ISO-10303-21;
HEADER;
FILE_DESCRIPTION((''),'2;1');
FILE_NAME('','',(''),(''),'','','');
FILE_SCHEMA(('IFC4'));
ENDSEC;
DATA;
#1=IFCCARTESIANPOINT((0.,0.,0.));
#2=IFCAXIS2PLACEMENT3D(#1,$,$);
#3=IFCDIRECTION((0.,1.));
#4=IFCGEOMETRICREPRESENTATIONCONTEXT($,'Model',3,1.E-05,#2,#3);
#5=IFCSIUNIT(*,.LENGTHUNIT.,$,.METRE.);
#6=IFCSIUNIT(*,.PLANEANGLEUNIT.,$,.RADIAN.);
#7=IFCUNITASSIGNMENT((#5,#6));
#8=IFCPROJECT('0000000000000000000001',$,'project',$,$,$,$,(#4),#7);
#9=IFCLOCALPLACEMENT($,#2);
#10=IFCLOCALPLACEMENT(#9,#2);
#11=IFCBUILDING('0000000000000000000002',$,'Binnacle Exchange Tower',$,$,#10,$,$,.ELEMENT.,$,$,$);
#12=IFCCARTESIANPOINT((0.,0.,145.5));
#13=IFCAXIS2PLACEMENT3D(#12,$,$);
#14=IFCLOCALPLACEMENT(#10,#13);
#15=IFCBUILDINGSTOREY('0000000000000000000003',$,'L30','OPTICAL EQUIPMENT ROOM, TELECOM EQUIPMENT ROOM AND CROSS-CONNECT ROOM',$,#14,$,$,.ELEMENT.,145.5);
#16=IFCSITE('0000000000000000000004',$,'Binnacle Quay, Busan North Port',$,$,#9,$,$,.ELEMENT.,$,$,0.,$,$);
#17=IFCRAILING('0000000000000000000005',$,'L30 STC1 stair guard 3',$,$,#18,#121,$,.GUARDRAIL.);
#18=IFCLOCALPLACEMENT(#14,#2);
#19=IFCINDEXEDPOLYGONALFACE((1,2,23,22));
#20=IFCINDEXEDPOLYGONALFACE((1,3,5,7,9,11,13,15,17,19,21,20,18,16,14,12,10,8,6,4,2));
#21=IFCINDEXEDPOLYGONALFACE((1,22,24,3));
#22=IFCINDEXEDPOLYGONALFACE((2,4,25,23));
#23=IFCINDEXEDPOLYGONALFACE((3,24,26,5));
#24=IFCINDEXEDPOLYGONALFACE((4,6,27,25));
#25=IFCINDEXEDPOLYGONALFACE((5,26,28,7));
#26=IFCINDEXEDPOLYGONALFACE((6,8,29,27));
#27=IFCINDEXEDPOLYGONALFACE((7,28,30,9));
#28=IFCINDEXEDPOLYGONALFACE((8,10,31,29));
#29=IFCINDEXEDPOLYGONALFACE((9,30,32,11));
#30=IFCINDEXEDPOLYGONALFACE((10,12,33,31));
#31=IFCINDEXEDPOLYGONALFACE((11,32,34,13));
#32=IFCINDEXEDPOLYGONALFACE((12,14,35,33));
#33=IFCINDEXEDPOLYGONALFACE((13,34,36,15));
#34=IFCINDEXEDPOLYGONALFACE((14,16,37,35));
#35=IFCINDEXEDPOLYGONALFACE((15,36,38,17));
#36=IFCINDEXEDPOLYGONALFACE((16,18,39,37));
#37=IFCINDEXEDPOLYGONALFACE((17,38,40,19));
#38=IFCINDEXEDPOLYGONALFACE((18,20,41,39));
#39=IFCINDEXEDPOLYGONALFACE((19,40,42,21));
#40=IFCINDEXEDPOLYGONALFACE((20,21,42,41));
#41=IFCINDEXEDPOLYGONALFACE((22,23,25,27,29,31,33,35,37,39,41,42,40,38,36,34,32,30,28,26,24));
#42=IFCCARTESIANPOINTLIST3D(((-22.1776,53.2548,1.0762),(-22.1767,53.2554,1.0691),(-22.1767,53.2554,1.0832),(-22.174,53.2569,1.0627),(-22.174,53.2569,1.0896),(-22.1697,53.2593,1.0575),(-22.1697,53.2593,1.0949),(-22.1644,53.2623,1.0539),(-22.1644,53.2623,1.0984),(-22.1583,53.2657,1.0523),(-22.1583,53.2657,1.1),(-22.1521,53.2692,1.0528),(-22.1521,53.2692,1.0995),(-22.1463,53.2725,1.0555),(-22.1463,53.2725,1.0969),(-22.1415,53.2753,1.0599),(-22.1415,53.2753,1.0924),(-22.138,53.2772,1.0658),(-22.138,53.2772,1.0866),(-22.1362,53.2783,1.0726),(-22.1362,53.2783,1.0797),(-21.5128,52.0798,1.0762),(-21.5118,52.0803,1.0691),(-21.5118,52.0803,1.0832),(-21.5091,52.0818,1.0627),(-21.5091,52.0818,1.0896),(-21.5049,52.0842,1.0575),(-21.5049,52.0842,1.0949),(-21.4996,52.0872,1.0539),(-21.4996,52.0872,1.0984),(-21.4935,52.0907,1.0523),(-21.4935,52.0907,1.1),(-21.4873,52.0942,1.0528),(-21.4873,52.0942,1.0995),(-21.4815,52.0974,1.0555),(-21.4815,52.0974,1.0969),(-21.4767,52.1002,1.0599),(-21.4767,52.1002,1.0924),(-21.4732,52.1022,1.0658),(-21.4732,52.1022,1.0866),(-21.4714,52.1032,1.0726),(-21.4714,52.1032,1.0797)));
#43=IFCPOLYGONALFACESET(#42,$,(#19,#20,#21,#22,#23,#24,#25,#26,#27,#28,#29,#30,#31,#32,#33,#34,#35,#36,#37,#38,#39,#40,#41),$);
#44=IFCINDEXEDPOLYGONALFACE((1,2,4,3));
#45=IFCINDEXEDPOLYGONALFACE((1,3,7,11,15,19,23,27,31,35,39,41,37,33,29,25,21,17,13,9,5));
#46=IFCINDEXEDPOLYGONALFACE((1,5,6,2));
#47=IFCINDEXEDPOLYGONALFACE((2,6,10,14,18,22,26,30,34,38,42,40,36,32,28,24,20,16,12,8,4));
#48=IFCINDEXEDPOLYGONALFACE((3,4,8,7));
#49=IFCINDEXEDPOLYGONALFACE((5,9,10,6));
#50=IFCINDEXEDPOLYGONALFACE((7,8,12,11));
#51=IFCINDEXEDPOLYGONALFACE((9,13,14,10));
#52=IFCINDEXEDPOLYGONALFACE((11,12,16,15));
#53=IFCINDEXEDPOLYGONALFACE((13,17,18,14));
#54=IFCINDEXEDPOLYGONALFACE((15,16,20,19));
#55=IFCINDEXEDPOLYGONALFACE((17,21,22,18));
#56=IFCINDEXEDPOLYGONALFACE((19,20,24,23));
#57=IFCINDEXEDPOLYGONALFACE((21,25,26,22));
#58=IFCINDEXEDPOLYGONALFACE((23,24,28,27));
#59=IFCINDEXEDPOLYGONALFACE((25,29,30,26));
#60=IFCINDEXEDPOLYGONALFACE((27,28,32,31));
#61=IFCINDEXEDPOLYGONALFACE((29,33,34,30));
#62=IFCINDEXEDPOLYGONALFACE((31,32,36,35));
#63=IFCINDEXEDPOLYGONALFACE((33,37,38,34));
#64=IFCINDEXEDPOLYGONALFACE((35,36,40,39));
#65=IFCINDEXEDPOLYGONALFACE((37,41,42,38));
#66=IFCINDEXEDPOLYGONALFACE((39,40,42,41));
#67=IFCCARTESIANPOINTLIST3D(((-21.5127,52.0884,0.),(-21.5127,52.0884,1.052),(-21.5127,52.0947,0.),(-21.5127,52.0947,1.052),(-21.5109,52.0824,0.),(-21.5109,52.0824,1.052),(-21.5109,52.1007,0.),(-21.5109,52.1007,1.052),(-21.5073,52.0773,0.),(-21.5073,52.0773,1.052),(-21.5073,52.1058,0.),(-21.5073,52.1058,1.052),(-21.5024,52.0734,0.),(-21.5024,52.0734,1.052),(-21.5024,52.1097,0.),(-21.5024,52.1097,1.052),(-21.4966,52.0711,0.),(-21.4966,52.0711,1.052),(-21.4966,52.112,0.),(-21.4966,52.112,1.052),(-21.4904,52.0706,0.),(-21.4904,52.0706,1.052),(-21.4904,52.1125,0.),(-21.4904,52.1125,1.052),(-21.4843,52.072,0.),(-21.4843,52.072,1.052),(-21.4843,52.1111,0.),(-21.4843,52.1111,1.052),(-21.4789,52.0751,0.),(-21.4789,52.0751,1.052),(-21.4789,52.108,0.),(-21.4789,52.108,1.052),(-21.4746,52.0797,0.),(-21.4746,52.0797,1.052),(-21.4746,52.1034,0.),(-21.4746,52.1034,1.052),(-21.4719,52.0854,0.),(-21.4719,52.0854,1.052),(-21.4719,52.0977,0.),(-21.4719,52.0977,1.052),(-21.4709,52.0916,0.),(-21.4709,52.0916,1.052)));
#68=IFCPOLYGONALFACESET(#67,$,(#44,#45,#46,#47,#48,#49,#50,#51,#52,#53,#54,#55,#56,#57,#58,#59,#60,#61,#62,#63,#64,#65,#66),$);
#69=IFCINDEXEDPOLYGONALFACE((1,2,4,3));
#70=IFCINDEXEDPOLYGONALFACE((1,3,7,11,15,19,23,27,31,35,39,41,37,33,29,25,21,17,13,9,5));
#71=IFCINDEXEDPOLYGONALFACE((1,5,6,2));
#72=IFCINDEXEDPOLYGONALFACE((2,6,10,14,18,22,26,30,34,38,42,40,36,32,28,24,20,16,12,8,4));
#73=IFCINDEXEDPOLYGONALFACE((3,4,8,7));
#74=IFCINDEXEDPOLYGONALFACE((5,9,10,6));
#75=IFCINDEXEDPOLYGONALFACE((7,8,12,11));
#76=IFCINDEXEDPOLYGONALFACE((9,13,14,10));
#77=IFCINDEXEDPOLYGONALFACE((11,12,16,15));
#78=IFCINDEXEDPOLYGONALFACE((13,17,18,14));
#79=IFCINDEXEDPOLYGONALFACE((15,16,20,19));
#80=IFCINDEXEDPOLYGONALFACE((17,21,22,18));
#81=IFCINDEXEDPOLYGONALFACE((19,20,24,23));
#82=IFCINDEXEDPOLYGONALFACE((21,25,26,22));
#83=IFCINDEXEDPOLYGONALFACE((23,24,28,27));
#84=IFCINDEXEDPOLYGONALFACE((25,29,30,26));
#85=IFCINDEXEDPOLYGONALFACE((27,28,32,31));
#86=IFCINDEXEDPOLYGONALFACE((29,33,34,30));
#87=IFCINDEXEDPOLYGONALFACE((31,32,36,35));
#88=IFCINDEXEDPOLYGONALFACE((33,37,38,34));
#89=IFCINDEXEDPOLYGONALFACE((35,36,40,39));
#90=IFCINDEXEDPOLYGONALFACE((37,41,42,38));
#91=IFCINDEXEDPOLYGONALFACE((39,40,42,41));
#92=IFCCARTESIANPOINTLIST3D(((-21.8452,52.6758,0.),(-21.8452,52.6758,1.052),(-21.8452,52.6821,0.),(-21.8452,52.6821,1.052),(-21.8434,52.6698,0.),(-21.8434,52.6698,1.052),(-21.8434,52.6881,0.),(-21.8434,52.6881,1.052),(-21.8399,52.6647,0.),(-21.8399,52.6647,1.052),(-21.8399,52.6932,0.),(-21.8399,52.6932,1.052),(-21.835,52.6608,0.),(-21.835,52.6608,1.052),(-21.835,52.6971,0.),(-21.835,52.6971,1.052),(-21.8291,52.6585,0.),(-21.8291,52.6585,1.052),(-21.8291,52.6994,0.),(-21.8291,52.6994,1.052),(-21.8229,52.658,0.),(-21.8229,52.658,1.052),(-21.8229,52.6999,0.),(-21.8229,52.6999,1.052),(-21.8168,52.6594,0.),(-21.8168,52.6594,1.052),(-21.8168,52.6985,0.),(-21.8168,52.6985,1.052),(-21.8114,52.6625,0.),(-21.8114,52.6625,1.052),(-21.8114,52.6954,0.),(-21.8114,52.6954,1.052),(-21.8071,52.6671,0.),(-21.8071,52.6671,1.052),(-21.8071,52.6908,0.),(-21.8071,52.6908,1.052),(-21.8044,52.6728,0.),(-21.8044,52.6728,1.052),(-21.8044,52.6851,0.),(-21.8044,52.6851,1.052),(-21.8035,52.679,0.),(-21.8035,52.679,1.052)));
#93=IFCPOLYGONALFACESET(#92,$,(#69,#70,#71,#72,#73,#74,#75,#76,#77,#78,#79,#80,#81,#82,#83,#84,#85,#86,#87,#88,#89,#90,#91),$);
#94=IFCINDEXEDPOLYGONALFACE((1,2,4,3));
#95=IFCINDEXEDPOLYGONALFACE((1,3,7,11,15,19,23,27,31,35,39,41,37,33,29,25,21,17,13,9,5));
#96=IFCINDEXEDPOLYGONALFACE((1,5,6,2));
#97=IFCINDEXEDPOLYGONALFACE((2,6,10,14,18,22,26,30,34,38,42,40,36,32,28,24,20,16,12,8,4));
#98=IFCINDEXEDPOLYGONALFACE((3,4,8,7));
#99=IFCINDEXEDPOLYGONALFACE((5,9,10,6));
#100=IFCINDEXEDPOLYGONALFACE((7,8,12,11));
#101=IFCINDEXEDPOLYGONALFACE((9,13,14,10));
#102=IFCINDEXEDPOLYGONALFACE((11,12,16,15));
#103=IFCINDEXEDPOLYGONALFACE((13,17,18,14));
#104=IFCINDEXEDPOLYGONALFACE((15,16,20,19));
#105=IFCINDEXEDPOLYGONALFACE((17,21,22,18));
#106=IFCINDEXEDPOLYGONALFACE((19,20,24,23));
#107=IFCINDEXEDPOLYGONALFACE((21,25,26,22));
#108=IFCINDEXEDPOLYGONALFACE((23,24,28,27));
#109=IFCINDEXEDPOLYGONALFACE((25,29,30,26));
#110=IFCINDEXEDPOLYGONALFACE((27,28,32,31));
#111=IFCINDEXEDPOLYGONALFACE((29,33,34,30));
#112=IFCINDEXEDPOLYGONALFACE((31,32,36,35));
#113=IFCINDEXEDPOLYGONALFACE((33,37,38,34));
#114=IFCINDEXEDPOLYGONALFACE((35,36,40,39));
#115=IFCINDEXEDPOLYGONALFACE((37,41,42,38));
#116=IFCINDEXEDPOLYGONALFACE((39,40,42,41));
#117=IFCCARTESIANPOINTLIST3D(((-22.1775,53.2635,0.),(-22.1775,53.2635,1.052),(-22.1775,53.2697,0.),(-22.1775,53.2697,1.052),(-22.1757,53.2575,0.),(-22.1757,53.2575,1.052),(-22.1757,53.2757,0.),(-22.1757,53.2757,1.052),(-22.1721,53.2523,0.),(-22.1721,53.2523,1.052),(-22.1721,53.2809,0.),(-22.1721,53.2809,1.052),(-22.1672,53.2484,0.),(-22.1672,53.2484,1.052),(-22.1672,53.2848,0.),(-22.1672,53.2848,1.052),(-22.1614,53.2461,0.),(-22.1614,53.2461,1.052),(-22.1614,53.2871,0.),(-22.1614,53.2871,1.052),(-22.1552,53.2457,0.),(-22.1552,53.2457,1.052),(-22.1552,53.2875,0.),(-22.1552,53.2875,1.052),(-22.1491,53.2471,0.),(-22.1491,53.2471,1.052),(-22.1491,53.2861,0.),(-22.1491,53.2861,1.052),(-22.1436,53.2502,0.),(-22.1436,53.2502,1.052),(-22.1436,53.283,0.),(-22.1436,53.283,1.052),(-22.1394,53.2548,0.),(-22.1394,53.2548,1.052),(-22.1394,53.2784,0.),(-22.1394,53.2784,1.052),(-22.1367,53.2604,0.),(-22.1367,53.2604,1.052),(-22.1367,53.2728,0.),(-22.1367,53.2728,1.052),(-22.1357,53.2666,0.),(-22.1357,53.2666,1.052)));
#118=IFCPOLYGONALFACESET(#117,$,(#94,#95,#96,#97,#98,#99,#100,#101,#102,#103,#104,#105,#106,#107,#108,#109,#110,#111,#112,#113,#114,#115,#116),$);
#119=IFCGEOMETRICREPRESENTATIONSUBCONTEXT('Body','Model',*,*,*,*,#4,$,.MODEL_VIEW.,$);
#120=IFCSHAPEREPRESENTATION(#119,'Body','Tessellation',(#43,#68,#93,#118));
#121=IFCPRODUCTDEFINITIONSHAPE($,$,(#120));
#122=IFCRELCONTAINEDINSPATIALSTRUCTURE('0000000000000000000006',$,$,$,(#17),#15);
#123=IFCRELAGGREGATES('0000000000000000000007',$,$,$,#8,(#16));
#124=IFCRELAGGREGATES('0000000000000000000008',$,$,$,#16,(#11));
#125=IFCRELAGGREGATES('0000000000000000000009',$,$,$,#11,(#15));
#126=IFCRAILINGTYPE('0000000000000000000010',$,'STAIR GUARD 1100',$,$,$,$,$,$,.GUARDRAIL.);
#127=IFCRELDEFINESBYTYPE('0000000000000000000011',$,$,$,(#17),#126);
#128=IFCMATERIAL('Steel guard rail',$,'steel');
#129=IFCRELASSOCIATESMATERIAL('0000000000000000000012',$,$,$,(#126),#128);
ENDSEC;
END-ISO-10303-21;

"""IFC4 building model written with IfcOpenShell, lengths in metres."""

from ifc_helpers import new_model, si_unit, direction, frame, origin, origin_2d, place, context, subcontext, project, spatial, circle, extrude, material, type_object, element, save


model = new_model("IFC4")

# Units and contexts
model_context = context("Model", 3, precision=1e-05, world=origin(), true_north=direction((0.0, 1.0)))
body_context = subcontext(model_context, "Body", "Model", "MODEL_VIEW")
ifc_project = project(units=[si_unit("LENGTHUNIT", "METRE"), si_unit("PLANEANGLEUNIT", "RADIAN")], contexts=[model_context])

# Site, building, storey
site_placement = place(None, origin())
site = spatial("IfcSite", under=ifc_project, at=site_placement, Name="Binnacle Quay, Busan North Port", CompositionType="ELEMENT", RefElevation=0.0)
building_placement = place(site_placement, origin())
building = spatial("IfcBuilding", under=site, at=building_placement, Name="Binnacle Exchange Tower", CompositionType="ELEMENT")
storey_placement = place(building_placement, frame((0.0, 0.0, 145.5)))
storey = spatial("IfcBuildingStorey", under=building, at=storey_placement, Name="L30", Description="OPTICAL EQUIPMENT ROOM, TELECOM EQUIPMENT ROOM AND CROSS-CONNECT ROOM", CompositionType="ELEMENT", Elevation=145.5)

# Railing
ifc_material_1 = material(Name="Steel guard rail", Category="steel")
railing_type_1 = type_object("IfcRailingType", Name="STAIR GUARD 1100", PredefinedType="GUARDRAIL", material=ifc_material_1)
railing_1_placement = place(storey_placement, frame((-21.4919, 52.0916, 0.0)))
element("IfcRailing", 1, at=railing_1_placement, inside=storey, type_object=railing_type_1, Name="L30 STC1 stair guard 3", PredefinedType="GUARDRAIL", context=body_context, shape_type="SweptSolid", body=[
    extrude(circle(Radius=0.0239, at=origin_2d()), frame((0.0, 0.0, 1.0762), z_axis=(-0.492415, 0.870361, 0.0), x_axis=(-0.870361, -0.492415, 0.0)), (0.0, 0.0, 1.0), 1.3501),
    extrude(circle(Radius=0.021, at=origin_2d()), origin(), (0.0, 0.0, 1.0), 1.052),
    extrude(circle(Radius=0.021, at=origin_2d()), frame((-0.3325, 0.5874, 0.0)), (0.0, 0.0, 1.0), 1.052),
    extrude(circle(Radius=0.021, at=origin_2d()), frame((-0.6648, 1.175, 0.0)), (0.0, 0.0, 1.0), 1.052),
])

save(model, "model.ifc")
